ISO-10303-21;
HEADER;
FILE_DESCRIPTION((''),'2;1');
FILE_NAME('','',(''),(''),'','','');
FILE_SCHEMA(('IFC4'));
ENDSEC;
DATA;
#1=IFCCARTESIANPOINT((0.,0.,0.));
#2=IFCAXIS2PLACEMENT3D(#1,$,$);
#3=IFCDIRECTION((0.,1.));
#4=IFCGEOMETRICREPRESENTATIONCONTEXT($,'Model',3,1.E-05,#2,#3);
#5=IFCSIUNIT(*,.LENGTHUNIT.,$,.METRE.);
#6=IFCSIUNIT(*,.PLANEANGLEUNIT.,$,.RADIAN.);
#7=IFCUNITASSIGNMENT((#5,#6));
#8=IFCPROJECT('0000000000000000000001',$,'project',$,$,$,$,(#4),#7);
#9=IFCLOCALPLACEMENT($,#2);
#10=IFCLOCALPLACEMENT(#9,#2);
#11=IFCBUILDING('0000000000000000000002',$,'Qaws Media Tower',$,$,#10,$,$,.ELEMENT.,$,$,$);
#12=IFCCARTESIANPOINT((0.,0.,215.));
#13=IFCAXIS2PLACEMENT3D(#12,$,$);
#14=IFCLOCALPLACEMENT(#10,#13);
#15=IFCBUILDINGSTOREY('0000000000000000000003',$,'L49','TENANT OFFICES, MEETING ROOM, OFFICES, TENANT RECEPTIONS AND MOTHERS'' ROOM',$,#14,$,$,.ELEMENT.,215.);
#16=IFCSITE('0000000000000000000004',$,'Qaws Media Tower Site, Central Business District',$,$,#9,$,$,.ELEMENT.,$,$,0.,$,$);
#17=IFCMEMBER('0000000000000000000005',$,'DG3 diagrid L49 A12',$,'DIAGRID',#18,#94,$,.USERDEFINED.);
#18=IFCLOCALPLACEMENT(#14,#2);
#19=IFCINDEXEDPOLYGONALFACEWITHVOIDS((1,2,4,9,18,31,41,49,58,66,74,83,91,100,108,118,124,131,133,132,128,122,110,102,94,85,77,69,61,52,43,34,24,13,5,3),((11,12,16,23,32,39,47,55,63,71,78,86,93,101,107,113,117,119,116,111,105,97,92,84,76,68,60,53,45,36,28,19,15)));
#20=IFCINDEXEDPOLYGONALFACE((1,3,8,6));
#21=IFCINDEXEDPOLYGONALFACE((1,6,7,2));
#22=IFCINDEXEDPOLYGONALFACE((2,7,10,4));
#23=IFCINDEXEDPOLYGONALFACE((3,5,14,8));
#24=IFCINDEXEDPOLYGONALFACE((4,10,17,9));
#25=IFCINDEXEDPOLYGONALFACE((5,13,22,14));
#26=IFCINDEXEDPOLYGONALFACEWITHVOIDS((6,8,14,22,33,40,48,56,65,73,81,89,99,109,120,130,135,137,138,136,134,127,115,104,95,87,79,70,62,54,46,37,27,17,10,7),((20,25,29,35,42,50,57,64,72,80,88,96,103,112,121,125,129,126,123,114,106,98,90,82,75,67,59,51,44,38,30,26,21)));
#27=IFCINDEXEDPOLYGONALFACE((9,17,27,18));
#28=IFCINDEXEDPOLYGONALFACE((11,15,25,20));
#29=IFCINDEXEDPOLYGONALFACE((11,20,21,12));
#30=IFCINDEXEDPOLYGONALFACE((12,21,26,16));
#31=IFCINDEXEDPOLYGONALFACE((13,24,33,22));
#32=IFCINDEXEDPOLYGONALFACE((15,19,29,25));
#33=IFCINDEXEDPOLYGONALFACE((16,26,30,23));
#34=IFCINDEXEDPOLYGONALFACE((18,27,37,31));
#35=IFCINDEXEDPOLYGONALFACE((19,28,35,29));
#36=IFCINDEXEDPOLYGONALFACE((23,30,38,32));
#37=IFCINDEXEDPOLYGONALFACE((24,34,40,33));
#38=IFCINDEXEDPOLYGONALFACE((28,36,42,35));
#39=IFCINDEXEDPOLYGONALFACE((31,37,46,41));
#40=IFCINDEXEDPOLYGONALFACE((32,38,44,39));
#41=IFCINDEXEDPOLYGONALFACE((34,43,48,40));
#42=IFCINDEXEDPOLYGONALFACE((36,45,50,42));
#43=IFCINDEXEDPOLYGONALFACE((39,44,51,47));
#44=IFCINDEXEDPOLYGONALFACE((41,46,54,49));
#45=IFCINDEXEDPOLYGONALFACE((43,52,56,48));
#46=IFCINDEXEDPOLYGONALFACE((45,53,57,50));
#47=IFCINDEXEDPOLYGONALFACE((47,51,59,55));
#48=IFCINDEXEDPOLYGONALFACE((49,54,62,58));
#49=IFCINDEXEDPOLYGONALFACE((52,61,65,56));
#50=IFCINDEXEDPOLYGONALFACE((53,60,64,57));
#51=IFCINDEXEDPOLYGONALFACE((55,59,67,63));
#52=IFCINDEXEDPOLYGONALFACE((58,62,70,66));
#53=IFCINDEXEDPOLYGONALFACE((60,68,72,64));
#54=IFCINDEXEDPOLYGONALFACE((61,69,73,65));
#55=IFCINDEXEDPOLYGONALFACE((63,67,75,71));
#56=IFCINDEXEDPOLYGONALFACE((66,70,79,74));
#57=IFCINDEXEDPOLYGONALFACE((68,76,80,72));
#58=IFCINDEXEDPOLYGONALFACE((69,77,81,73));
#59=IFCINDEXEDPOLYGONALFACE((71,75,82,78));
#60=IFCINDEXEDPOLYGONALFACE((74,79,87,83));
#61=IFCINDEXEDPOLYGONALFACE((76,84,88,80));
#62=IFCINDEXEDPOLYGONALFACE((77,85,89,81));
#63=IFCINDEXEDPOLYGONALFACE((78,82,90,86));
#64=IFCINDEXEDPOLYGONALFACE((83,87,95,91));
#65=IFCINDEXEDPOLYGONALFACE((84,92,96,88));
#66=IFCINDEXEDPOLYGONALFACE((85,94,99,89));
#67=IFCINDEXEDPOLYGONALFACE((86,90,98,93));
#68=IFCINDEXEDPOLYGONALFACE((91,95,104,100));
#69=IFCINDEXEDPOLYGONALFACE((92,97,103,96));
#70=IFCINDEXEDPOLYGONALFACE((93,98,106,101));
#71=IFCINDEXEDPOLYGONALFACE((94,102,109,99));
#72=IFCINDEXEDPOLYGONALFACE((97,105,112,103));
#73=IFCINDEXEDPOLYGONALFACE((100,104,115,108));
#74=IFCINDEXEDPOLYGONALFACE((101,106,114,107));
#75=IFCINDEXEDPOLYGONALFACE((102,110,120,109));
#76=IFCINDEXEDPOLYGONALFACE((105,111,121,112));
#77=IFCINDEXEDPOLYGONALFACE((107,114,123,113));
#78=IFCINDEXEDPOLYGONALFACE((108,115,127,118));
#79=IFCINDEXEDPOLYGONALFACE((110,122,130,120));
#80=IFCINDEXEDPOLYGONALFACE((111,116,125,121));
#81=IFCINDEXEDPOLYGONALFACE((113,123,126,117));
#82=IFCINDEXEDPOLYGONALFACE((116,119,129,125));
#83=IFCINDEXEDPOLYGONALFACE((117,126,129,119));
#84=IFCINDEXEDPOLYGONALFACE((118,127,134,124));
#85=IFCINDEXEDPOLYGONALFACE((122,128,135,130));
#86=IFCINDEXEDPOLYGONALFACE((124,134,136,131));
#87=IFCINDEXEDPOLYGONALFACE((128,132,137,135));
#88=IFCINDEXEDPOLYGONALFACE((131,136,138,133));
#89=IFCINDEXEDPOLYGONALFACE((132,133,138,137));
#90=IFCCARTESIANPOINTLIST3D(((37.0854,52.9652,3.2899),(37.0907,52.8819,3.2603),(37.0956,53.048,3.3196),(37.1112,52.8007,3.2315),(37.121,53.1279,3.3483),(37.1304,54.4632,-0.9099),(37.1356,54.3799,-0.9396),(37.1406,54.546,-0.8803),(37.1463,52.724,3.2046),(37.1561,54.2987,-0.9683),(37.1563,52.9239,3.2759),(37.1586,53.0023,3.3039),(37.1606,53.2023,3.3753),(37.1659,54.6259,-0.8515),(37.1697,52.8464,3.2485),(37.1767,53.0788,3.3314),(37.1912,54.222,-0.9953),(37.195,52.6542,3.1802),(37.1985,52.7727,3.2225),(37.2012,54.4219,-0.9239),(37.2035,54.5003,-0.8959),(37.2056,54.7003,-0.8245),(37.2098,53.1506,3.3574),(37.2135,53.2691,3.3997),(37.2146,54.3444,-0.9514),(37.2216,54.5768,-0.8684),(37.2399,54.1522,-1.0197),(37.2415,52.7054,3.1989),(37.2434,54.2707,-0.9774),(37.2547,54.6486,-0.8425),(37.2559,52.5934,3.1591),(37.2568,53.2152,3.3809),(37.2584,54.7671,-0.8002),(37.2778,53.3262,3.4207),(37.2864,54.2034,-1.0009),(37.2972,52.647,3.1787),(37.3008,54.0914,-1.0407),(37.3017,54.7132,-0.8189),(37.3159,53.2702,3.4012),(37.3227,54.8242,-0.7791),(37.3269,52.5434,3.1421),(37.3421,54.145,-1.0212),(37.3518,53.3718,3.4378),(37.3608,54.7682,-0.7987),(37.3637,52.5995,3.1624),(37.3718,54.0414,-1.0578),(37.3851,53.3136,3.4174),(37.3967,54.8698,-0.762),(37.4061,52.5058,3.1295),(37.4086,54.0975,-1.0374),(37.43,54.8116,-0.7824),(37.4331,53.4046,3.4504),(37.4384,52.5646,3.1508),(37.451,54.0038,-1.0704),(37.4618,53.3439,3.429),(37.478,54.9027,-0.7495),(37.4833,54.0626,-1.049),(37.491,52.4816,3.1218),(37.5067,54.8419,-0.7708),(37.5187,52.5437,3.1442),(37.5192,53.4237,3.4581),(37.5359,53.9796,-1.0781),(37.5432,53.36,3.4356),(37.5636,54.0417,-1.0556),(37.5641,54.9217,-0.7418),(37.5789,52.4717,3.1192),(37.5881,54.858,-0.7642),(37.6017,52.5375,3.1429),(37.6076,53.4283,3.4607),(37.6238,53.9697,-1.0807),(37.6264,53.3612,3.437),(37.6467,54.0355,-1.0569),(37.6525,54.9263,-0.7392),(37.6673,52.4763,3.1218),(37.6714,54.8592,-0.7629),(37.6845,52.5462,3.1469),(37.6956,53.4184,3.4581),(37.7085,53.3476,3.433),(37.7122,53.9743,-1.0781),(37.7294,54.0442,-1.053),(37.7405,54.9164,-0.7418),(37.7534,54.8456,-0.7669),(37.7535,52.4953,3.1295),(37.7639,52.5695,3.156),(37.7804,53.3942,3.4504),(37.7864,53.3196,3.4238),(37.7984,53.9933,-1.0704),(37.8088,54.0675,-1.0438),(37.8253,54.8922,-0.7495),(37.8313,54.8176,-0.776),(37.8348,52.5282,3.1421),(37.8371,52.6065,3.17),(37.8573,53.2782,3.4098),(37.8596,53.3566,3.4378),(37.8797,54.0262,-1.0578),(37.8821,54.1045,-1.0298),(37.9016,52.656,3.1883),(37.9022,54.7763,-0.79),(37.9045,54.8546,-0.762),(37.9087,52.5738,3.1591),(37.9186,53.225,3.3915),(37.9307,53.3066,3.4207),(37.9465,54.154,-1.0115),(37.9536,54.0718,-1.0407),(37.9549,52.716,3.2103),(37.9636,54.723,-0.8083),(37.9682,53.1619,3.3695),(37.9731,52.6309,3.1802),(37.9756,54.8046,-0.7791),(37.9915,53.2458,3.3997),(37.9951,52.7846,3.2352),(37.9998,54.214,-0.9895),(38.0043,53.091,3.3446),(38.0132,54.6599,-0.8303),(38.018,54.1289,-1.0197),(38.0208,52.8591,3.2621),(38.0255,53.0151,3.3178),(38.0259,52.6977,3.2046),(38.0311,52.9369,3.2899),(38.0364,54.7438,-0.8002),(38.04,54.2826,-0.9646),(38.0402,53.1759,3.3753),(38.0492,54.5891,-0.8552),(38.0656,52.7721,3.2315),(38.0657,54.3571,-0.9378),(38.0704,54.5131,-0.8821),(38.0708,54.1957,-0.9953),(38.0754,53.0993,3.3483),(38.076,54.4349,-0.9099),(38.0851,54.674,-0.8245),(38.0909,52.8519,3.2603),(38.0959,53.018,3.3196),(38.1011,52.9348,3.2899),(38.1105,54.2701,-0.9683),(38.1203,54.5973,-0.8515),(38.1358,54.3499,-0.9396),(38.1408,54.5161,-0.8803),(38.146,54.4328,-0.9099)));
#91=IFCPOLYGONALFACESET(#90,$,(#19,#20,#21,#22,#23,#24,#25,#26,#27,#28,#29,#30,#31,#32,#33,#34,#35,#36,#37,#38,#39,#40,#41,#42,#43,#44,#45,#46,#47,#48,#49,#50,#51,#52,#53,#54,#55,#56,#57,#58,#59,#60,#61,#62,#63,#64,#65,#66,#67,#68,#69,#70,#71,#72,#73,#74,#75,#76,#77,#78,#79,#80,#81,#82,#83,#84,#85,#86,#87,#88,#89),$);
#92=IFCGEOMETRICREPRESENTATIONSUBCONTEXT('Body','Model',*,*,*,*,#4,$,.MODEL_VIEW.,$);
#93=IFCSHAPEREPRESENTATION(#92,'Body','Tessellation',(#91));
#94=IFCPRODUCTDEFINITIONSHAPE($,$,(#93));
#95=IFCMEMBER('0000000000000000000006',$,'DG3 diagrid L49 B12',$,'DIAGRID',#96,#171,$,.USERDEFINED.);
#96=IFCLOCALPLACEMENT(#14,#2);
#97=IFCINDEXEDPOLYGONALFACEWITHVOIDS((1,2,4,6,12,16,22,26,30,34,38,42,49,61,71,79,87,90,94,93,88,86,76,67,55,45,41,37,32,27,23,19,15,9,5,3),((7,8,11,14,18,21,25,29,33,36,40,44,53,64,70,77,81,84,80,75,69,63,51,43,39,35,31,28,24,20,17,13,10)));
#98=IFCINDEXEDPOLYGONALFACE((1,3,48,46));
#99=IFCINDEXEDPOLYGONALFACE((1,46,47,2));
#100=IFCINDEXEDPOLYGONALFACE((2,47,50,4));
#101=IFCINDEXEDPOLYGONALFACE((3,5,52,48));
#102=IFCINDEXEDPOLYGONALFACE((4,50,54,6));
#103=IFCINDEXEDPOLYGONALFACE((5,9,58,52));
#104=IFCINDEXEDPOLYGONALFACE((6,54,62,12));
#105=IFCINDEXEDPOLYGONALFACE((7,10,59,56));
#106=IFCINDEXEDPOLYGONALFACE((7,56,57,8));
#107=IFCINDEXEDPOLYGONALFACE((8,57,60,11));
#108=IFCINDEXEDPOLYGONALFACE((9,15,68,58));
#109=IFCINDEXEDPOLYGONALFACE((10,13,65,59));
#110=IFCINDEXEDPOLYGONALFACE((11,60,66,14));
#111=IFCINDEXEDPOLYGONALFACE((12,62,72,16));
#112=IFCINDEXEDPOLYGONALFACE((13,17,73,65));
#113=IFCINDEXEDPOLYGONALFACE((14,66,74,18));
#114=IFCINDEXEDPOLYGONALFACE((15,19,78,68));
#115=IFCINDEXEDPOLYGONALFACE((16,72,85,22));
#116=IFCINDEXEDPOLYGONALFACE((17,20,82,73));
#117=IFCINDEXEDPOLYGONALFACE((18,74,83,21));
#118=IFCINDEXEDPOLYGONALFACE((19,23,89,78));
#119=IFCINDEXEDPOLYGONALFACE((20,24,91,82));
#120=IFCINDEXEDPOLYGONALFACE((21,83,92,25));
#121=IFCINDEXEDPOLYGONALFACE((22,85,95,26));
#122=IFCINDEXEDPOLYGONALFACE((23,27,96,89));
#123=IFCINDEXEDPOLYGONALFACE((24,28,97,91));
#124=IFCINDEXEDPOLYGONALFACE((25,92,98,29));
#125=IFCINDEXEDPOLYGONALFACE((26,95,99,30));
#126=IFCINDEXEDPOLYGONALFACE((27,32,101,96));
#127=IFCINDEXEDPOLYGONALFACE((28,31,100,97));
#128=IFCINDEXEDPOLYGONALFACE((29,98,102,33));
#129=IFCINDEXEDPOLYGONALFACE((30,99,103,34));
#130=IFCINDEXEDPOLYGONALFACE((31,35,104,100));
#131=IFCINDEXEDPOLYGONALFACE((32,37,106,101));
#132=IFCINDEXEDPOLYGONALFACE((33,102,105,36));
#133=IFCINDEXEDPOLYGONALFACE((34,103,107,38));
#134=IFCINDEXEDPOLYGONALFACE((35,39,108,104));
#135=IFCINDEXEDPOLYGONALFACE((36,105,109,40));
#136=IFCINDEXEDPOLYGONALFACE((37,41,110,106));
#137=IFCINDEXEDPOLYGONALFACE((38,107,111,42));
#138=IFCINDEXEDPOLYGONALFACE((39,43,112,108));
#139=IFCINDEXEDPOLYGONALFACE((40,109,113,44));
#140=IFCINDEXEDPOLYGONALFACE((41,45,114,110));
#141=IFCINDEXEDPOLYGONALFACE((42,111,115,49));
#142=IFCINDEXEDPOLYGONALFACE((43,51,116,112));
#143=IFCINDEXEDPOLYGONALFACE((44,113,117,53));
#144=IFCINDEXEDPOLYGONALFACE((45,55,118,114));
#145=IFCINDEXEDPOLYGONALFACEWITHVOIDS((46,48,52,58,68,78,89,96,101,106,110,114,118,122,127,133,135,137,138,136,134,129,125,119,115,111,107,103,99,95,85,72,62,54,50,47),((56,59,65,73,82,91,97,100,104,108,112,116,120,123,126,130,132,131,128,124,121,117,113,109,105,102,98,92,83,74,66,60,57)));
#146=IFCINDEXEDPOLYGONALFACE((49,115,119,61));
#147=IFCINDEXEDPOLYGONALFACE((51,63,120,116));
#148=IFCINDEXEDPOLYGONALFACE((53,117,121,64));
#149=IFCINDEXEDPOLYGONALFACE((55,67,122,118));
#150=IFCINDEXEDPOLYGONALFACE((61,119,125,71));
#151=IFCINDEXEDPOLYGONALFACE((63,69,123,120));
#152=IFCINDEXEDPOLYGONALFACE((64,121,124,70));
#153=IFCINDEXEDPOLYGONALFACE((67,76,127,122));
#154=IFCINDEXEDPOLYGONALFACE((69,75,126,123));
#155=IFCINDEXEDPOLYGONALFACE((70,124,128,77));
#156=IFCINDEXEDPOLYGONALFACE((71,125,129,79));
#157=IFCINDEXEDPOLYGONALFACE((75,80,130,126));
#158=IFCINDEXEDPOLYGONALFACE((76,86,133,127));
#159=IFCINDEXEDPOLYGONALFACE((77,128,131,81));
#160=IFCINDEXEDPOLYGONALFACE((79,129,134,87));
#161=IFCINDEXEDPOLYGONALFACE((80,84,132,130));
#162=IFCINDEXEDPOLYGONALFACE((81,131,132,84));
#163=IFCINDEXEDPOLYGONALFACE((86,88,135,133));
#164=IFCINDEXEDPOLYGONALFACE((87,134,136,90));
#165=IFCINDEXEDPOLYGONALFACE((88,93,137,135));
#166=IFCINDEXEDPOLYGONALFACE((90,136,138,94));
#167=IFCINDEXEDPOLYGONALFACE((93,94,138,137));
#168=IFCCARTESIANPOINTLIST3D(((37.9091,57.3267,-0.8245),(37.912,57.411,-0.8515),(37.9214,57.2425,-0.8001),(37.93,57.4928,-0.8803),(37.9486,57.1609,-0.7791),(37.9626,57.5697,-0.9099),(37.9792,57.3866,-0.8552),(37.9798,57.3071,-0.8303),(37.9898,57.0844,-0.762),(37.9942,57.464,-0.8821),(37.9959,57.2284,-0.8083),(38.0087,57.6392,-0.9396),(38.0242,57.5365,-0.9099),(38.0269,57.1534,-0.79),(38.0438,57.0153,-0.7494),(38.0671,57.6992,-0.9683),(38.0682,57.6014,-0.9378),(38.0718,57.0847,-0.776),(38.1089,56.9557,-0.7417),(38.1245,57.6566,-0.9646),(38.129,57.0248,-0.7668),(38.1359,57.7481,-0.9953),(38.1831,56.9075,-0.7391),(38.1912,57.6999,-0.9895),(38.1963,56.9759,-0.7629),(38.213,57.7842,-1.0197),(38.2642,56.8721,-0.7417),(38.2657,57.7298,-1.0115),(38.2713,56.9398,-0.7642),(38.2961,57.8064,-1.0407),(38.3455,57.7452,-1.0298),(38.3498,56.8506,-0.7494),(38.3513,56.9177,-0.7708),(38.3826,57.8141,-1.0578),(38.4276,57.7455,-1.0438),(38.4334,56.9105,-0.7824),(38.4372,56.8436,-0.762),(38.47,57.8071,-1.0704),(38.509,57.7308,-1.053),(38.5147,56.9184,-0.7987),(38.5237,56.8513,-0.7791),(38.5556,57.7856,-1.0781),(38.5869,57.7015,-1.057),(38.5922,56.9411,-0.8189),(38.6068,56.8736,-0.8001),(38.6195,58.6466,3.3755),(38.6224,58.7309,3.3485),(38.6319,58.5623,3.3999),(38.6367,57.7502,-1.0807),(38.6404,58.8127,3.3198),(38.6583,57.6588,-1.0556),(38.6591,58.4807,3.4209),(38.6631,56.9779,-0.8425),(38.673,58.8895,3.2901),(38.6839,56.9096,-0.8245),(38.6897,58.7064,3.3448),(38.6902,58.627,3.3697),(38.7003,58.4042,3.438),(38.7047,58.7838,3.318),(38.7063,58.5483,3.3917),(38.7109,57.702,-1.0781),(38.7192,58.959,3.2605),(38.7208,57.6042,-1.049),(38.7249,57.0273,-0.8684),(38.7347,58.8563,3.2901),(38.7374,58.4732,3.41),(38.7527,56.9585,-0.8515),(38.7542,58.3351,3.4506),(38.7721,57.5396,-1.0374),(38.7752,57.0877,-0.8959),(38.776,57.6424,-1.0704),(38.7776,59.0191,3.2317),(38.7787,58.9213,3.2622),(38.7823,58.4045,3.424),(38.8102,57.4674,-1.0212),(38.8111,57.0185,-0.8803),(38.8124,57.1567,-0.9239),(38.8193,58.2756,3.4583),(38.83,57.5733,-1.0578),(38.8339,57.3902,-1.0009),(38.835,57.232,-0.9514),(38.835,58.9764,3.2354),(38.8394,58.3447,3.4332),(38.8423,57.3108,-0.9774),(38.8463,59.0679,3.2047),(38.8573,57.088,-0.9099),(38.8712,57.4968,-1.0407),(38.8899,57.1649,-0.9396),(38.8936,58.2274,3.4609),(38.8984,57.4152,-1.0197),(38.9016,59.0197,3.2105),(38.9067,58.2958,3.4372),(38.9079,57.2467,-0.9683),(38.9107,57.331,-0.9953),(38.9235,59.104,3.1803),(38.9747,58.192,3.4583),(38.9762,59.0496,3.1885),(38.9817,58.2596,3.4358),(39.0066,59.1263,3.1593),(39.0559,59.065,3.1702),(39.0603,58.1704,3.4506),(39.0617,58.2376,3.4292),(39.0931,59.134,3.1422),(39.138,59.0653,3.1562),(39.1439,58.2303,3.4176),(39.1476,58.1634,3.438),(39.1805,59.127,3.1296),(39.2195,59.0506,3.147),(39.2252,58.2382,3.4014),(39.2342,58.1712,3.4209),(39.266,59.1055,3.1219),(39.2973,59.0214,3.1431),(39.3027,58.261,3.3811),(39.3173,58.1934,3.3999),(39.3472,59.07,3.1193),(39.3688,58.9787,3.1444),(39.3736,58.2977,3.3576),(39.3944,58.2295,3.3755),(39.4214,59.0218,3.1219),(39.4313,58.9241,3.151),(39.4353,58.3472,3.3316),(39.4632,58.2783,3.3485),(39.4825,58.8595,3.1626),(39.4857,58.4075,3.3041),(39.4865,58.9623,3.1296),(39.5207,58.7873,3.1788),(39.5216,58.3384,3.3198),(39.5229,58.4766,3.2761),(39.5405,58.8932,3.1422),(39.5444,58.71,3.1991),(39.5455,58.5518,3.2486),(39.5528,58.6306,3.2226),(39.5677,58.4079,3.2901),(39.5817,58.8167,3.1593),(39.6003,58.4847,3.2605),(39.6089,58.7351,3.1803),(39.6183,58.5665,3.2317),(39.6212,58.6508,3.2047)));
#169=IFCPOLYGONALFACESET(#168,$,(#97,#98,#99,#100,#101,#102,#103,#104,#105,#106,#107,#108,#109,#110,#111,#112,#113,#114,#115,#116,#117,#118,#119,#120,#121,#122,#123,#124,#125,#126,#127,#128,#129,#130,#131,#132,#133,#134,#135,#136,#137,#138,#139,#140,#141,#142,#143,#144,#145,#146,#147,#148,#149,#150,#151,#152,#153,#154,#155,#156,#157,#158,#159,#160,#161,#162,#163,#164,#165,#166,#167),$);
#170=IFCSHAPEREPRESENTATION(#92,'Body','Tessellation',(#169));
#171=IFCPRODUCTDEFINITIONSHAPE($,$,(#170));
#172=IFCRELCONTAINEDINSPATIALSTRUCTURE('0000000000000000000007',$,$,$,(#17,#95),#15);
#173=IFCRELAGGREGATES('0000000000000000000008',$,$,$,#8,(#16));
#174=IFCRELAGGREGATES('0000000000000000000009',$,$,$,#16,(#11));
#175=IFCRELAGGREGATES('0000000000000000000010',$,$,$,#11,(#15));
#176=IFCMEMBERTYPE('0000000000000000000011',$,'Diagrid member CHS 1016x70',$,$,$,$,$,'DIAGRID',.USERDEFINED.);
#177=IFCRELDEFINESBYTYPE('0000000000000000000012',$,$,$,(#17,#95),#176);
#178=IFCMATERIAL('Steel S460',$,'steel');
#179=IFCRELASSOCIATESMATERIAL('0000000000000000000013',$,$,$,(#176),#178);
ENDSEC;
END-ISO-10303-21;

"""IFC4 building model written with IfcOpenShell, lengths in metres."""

from ifc_helpers import new_model, si_unit, direction, frame, origin, origin_2d, place, context, subcontext, project, spatial, hollow_circle, extrude, material, material_profile, profile_set, type_object, element, save


model = new_model("IFC4")

# Units and contexts
model_context = context("Model", 3, precision=1e-05, world=origin(), true_north=direction((0.0, 1.0)))
body_context = subcontext(model_context, "Body", "Model", "MODEL_VIEW")
ifc_project = project(units=[si_unit("LENGTHUNIT", "METRE"), si_unit("PLANEANGLEUNIT", "RADIAN")], contexts=[model_context])

# Site, building, storey
site_placement = place(None, origin())
site = spatial("IfcSite", under=ifc_project, at=site_placement, Name="Qaws Media Tower Site, Central Business District", CompositionType="ELEMENT", RefElevation=0.0)
building_placement = place(site_placement, origin())
building = spatial("IfcBuilding", under=site, at=building_placement, Name="Qaws Media Tower", CompositionType="ELEMENT")
storey_placement = place(building_placement, frame((0.0, 0.0, 215.0)))
storey = spatial("IfcBuildingStorey", under=building, at=storey_placement, Name="L49", Description="TENANT OFFICES, MEETING ROOM, OFFICES, TENANT RECEPTIONS AND MOTHERS' ROOM", CompositionType="ELEMENT", Elevation=215.0)

# Members
ifc_material_1 = material(Name="Steel S460", Category="steel")
ifc_material_profile_1 = material_profile(ifc_material_1, hollow_circle(Radius=0.5081, WallThickness=0.0701, at=origin_2d()), Name="CHS 1016x70")
ifc_profile_set_1 = profile_set([ifc_material_profile_1], Name="Steel S460")
member_type_1 = type_object("IfcMemberType", Name="Diagrid member CHS 1016x70", ElementType="DIAGRID", PredefinedType="USERDEFINED", material=ifc_profile_set_1)
member_1_placement = place(storey_placement, frame((37.6382, 54.448, -0.9099), z_axis=(-0.010074, -0.335934, 0.941832), x_axis=(0.999551, -0.029973, 0.0)))
element("IfcMember", 1, at=member_1_placement, inside=storey, type_object=member_type_1, Name="DG3 diagrid L49 A12", ObjectType="DIAGRID", PredefinedType="USERDEFINED", context=body_context, shape_type="SweptSolid", body=[
    extrude(hollow_circle(Radius=0.5081, WallThickness=0.0701, at=origin_2d()), origin(), (0.0, 0.0, 1.0), 4.4592),
])
for number, where, z_axis, x_axis, name in (
    (2, (38.4099, 57.3289, -0.9099), (0.159315, 0.295964, 0.941819), (-0.880534, 0.473983, 0.0), "DG3 diagrid L49 B12"),
):
    element("IfcMember", number, at=place(storey_placement, frame(where, z_axis=z_axis, x_axis=x_axis)), inside=storey, type_object=member_type_1, Name=name, ObjectType="DIAGRID", PredefinedType="USERDEFINED", context=body_context, shape_type="SweptSolid", body=[
        extrude(hollow_circle(Radius=0.5081, WallThickness=0.0701, at=origin_2d()), origin(), (0.0, 0.0, 1.0), 4.4595),
    ])

save(model, "model.ifc")
